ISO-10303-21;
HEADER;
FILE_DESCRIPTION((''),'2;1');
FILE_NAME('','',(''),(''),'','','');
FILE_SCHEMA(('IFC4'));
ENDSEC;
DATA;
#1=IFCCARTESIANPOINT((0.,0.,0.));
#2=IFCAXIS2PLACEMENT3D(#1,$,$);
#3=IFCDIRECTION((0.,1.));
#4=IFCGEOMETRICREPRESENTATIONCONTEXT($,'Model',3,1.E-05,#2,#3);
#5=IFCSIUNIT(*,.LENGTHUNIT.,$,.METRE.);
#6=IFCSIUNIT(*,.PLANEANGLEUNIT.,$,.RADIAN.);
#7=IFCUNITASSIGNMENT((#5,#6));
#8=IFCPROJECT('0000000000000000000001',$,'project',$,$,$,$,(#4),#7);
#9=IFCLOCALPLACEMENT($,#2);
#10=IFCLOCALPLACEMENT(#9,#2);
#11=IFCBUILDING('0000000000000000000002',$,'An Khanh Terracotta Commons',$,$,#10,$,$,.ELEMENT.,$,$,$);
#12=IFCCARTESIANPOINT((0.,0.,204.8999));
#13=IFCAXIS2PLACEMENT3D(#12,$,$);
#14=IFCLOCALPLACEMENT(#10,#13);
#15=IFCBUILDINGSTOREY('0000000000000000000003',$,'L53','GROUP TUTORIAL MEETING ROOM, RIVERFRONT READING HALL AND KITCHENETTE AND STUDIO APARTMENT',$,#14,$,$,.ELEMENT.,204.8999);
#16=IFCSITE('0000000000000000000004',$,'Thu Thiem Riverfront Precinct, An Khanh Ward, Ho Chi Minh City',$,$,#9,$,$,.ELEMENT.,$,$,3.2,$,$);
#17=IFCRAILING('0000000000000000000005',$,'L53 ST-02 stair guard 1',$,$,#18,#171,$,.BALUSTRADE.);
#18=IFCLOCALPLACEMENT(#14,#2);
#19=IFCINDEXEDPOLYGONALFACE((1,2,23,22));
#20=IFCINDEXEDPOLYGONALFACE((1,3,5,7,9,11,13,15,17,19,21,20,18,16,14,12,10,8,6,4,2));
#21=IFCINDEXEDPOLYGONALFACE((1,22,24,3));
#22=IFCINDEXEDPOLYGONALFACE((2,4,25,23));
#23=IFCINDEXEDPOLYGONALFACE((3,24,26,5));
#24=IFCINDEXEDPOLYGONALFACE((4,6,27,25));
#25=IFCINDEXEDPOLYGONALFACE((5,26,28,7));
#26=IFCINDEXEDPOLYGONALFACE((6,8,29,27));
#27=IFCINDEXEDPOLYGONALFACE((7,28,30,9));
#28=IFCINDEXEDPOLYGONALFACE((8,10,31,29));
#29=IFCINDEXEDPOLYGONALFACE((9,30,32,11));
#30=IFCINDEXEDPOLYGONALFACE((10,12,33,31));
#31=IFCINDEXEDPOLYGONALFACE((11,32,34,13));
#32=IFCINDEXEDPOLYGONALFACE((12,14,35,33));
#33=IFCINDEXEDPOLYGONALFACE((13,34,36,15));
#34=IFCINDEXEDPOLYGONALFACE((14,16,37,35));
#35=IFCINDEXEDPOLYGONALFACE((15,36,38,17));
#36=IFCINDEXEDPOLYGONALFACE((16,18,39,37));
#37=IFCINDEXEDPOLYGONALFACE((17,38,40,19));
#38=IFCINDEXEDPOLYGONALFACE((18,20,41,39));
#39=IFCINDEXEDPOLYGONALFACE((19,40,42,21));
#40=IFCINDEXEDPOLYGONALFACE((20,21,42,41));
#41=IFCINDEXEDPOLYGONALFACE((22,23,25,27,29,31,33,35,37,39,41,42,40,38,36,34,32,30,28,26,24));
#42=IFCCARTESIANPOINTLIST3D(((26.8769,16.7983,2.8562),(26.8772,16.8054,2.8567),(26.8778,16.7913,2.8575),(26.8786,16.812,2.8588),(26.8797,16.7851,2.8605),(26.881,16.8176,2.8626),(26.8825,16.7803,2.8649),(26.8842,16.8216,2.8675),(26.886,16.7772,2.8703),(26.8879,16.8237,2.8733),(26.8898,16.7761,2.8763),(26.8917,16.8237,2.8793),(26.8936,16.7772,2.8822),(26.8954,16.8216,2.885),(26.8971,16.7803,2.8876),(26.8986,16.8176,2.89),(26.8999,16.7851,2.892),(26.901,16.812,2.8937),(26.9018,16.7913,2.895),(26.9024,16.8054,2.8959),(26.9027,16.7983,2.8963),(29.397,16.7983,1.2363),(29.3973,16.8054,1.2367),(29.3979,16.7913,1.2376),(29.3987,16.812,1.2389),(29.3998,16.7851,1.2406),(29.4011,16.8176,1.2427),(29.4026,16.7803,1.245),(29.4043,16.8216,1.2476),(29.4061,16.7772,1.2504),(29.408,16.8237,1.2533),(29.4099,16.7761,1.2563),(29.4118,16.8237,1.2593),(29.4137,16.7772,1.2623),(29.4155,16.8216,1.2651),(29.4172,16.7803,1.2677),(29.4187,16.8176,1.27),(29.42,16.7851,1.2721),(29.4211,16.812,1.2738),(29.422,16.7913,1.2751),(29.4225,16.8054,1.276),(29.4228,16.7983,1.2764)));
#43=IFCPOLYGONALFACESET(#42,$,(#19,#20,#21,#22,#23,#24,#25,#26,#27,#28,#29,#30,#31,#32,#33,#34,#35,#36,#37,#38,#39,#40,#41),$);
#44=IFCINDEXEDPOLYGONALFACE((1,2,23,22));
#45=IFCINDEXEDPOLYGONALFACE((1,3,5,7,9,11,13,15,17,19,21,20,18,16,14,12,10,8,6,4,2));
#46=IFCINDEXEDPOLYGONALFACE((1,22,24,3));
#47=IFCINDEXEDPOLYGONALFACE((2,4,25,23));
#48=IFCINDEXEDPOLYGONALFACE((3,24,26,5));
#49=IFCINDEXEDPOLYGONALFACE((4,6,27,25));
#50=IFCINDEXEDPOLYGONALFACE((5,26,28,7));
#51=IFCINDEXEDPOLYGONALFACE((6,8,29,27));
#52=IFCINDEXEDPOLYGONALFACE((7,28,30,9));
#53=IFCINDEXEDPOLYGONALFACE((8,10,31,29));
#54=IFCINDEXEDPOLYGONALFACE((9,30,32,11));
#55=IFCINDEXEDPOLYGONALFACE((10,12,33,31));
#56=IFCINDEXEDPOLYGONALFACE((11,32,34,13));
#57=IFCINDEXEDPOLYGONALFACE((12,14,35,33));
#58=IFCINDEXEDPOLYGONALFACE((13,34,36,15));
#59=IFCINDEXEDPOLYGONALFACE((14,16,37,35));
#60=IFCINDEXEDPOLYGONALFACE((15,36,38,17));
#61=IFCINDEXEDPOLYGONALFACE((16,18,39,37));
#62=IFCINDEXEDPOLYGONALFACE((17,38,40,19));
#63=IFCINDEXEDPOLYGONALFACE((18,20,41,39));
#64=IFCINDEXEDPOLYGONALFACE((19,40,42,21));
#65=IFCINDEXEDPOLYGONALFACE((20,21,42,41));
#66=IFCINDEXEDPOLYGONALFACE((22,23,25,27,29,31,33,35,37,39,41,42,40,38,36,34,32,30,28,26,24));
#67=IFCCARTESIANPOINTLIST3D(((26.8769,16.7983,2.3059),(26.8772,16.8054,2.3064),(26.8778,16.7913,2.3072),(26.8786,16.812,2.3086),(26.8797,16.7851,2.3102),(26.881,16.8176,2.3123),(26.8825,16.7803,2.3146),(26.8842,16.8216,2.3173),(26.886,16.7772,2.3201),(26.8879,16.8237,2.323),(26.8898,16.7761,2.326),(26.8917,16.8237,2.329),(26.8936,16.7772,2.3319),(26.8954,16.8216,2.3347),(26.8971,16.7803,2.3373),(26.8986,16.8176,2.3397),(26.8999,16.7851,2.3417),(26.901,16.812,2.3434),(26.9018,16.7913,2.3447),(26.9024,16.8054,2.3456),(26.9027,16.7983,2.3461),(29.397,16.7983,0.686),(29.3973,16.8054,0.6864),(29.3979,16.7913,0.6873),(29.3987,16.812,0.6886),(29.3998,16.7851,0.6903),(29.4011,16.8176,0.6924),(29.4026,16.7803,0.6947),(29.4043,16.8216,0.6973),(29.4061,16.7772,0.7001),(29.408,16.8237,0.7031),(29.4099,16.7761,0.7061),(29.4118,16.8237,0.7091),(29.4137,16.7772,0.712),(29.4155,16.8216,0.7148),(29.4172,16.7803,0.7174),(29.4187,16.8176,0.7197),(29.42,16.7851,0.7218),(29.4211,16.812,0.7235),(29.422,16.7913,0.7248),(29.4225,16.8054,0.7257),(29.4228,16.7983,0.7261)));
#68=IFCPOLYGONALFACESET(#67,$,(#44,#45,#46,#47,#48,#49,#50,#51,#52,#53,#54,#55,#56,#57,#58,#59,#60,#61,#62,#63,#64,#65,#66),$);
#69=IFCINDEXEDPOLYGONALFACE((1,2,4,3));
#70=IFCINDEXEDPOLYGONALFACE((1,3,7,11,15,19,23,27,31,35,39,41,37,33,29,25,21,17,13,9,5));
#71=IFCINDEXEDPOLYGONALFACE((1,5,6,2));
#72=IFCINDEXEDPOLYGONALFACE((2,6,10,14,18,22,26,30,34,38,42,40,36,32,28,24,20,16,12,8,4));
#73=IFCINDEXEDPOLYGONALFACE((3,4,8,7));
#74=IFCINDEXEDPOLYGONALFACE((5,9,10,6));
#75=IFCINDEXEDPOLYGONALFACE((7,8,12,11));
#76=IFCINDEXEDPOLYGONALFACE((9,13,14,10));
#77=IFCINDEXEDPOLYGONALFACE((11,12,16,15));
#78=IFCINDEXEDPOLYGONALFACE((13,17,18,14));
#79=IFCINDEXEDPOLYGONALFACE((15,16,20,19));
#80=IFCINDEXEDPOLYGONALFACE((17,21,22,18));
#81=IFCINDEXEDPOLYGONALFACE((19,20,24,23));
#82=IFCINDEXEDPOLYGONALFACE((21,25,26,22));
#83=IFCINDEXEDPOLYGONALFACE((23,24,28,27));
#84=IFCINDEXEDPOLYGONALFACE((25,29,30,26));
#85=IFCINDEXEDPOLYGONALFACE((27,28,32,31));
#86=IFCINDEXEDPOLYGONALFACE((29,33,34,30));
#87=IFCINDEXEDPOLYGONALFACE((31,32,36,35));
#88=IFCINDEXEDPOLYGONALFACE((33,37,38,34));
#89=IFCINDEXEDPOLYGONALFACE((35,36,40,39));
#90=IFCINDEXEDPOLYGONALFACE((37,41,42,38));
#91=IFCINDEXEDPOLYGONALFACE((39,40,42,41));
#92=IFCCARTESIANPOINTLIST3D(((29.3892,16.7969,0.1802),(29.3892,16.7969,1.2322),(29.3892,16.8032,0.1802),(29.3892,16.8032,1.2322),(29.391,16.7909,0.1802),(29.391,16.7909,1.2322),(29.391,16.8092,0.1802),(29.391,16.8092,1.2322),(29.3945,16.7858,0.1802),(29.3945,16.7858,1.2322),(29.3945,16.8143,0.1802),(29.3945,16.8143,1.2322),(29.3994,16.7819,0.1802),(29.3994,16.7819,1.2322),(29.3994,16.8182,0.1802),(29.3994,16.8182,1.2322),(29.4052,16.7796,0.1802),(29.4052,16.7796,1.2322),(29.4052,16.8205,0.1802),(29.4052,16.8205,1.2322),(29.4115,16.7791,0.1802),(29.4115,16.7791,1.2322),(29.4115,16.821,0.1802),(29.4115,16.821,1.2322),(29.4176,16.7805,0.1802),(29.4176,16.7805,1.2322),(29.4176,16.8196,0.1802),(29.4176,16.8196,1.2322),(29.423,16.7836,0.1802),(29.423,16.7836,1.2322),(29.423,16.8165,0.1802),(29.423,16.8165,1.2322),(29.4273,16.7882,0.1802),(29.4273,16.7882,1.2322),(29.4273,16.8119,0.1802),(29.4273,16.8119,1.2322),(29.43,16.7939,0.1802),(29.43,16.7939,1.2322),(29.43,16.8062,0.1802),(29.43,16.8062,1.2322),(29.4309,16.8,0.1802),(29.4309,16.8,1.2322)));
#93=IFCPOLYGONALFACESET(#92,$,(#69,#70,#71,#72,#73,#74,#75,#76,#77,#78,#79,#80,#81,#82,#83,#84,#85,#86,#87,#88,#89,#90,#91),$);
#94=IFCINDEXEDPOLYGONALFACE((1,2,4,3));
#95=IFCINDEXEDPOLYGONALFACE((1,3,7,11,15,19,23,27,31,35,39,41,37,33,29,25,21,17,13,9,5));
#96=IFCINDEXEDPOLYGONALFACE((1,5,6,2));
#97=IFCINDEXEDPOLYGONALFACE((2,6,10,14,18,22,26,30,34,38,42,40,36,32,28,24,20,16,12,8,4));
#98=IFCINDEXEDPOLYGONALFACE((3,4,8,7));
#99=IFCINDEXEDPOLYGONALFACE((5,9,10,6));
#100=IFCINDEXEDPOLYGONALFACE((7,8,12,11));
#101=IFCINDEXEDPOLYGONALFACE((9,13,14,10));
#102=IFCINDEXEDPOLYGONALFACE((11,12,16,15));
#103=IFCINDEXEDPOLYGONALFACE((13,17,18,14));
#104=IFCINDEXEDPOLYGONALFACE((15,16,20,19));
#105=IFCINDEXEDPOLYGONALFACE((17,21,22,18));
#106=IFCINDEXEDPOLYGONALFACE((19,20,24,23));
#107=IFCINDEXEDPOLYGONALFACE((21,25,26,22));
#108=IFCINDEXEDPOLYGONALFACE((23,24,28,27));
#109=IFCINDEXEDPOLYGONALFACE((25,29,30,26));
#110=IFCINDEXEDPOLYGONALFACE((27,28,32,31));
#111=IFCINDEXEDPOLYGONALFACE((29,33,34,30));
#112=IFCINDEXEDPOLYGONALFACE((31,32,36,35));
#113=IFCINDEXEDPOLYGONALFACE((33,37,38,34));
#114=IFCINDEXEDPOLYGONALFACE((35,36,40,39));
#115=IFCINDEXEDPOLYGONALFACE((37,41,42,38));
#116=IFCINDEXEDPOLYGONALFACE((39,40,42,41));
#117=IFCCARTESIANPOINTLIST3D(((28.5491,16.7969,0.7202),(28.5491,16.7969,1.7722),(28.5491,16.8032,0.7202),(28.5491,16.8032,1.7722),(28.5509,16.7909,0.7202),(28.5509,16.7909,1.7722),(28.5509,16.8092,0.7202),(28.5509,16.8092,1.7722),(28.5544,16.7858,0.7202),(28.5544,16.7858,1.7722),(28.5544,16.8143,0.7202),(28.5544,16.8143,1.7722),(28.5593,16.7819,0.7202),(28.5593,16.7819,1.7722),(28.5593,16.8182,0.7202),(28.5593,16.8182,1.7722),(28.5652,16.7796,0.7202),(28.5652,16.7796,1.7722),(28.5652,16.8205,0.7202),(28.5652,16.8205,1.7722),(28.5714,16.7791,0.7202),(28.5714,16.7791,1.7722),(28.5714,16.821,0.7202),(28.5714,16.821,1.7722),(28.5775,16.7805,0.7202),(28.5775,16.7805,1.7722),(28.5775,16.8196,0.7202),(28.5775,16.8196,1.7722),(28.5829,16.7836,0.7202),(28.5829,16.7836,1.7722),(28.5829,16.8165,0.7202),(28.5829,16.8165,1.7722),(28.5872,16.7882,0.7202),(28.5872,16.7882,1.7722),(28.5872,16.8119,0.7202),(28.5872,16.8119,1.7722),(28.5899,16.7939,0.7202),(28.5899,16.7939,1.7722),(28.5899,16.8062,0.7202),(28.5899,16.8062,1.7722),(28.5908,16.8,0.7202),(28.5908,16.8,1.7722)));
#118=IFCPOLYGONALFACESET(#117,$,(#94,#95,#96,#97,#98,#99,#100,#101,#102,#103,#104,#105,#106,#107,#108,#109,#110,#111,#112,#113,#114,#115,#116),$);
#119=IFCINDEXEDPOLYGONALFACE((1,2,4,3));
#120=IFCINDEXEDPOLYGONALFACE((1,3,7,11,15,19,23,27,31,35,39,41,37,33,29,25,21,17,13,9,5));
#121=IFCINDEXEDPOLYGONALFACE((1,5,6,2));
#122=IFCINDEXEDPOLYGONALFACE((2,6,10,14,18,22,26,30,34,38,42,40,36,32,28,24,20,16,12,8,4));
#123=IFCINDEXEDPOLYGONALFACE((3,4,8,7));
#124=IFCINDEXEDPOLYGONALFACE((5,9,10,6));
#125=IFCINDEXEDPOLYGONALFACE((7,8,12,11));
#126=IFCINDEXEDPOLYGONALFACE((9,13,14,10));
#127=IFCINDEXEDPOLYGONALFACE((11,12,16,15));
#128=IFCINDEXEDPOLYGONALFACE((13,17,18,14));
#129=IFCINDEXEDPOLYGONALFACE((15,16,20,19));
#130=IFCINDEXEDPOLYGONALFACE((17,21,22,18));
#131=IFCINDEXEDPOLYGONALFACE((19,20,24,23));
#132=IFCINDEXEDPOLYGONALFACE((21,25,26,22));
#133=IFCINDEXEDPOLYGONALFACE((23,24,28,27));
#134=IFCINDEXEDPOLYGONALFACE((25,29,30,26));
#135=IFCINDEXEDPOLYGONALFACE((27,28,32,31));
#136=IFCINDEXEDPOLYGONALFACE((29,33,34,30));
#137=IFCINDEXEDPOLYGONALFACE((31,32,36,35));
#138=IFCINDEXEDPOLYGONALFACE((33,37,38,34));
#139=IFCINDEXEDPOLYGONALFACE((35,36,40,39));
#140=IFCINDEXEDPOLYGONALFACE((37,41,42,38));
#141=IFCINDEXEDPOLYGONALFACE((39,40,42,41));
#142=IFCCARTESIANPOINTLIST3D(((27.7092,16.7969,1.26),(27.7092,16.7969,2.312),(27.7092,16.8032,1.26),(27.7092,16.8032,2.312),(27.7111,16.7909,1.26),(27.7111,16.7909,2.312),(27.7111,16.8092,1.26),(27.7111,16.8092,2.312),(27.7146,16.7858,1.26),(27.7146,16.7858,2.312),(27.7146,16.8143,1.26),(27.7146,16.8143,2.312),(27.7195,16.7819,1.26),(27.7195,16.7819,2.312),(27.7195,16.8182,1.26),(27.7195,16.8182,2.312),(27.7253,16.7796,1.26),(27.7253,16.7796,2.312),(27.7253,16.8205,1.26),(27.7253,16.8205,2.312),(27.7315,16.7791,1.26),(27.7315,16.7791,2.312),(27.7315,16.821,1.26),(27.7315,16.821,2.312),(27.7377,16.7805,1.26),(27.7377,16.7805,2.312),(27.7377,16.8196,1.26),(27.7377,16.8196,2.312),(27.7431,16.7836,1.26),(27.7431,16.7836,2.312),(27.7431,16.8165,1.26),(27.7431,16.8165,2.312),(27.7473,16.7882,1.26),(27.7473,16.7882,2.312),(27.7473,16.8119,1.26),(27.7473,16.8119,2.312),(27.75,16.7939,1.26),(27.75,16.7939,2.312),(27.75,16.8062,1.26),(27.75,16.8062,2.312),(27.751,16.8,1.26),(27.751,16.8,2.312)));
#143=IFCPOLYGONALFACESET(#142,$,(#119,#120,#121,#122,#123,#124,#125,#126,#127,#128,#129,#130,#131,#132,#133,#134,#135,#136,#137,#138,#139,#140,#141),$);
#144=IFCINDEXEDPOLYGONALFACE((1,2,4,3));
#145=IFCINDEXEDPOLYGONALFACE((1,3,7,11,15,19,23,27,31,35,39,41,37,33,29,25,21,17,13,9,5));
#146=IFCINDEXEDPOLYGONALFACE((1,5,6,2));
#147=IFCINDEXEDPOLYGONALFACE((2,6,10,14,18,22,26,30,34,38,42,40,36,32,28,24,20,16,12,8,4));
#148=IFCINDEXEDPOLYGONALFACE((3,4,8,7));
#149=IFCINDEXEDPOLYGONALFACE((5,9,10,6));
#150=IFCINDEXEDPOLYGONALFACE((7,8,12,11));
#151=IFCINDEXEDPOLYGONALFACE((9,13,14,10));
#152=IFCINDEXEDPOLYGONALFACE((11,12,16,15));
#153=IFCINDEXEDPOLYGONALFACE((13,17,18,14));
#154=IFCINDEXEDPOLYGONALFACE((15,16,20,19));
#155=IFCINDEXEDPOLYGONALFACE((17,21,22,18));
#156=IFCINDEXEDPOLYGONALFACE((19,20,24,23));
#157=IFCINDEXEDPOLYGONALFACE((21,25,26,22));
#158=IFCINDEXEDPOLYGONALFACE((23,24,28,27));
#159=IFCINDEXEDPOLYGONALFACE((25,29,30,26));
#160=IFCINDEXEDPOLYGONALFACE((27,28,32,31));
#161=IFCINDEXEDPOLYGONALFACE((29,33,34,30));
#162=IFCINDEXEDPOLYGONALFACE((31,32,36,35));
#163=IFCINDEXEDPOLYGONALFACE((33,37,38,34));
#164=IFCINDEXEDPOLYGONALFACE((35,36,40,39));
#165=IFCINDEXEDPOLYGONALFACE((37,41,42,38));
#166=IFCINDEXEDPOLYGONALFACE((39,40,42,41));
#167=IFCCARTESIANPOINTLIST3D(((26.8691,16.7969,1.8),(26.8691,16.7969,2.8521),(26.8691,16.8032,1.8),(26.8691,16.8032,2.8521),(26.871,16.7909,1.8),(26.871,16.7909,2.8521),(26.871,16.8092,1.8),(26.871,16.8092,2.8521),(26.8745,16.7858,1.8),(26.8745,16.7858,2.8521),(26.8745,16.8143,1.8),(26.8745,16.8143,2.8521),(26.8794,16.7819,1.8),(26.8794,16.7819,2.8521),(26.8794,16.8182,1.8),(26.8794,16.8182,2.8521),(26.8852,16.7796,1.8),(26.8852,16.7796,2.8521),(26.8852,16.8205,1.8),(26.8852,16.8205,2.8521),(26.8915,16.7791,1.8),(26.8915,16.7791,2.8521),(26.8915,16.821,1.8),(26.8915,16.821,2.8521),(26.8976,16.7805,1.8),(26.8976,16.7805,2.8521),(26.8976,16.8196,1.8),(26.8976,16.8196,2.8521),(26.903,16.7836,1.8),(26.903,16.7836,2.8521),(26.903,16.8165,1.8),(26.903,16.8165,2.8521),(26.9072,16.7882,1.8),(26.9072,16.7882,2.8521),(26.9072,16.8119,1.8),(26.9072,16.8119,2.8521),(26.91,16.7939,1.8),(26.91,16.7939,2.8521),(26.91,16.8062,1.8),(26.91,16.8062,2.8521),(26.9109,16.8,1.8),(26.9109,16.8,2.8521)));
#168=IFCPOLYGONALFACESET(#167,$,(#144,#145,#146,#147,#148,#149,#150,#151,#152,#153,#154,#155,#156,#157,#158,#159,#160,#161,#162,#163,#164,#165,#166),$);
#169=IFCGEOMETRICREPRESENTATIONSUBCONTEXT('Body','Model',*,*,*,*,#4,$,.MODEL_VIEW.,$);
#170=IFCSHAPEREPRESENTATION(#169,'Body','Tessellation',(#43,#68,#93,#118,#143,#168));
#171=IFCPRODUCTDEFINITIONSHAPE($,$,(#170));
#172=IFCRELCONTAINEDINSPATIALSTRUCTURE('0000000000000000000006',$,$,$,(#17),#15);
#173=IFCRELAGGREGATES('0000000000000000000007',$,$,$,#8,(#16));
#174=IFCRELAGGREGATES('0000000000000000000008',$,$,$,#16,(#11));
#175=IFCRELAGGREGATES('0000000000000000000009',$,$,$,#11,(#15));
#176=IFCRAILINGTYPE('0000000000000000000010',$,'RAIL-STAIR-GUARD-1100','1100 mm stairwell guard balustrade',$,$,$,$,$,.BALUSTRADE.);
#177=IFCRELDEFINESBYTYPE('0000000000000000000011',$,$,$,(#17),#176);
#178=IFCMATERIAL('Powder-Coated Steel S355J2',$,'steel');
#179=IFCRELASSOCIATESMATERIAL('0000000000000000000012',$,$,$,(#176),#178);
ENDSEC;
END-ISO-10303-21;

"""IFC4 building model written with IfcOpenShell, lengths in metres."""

from ifc_helpers import new_model, si_unit, direction, frame, origin, origin_2d, place, context, subcontext, project, spatial, circle, extrude, material, type_object, element, save


model = new_model("IFC4")

# Units and contexts
model_context = context("Model", 3, precision=1e-05, world=origin(), true_north=direction((0.0, 1.0)))
body_context = subcontext(model_context, "Body", "Model", "MODEL_VIEW")
ifc_project = project(units=[si_unit("LENGTHUNIT", "METRE"), si_unit("PLANEANGLEUNIT", "RADIAN")], contexts=[model_context])

# Site, building, storey
site_placement = place(None, origin())
site = spatial("IfcSite", under=ifc_project, at=site_placement, Name="Thu Thiem Riverfront Precinct, An Khanh Ward, Ho Chi Minh City", CompositionType="ELEMENT", RefElevation=3.2)
building_placement = place(site_placement, origin())
building = spatial("IfcBuilding", under=site, at=building_placement, Name="An Khanh Terracotta Commons", CompositionType="ELEMENT")
storey_placement = place(building_placement, frame((0.0, 0.0, 204.8999)))
storey = spatial("IfcBuildingStorey", under=building, at=storey_placement, Name="L53", Description="GROUP TUTORIAL MEETING ROOM, RIVERFRONT READING HALL AND KITCHENETTE AND STUDIO APARTMENT", CompositionType="ELEMENT", Elevation=204.8999)

# Railing
ifc_material_1 = material(Name="Powder-Coated Steel S355J2", Category="steel")
railing_type = type_object("IfcRailingType", Name="RAIL-STAIR-GUARD-1100", Description="1100 mm stairwell guard balustrade", PredefinedType="BALUSTRADE", material=ifc_material_1)
railing_1_placement = place(storey_placement, frame((29.4099, 16.8, 0.1802)))
element("IfcRailing", 1, at=railing_1_placement, inside=storey, type_object=railing_type, Name="L53 ST-02 stair guard 1", PredefinedType="BALUSTRADE", context=body_context, shape_type="SweptSolid", body=[
    extrude(circle(Radius=0.0239, at=origin_2d()), frame((0.0, 0.0, 1.0762), z_axis=(-0.8412, 0.0, 0.540725), x_axis=(0.0, -1.0, 0.0)), (0.0, 0.0, 1.0), 2.9958),
    extrude(circle(Radius=0.0239, at=origin_2d()), frame((0.0, 0.0, 0.5259), z_axis=(-0.8412, 0.0, 0.540725), x_axis=(0.0, -1.0, 0.0)), (0.0, 0.0, 1.0), 2.9958),
    extrude(circle(Radius=0.021, at=origin_2d()), origin(), (0.0, 0.0, 1.0), 1.052),
    extrude(circle(Radius=0.021, at=origin_2d()), frame((-0.8401, 0.0, 0.54)), (0.0, 0.0, 1.0), 1.052),
    extrude(circle(Radius=0.021, at=origin_2d()), frame((-1.6799, 0.0, 1.0798)), (0.0, 0.0, 1.0), 1.052),
    extrude(circle(Radius=0.021, at=origin_2d()), frame((-2.52, 0.0, 1.6199)), (0.0, 0.0, 1.0), 1.052),
])

save(model, "model.ifc")
